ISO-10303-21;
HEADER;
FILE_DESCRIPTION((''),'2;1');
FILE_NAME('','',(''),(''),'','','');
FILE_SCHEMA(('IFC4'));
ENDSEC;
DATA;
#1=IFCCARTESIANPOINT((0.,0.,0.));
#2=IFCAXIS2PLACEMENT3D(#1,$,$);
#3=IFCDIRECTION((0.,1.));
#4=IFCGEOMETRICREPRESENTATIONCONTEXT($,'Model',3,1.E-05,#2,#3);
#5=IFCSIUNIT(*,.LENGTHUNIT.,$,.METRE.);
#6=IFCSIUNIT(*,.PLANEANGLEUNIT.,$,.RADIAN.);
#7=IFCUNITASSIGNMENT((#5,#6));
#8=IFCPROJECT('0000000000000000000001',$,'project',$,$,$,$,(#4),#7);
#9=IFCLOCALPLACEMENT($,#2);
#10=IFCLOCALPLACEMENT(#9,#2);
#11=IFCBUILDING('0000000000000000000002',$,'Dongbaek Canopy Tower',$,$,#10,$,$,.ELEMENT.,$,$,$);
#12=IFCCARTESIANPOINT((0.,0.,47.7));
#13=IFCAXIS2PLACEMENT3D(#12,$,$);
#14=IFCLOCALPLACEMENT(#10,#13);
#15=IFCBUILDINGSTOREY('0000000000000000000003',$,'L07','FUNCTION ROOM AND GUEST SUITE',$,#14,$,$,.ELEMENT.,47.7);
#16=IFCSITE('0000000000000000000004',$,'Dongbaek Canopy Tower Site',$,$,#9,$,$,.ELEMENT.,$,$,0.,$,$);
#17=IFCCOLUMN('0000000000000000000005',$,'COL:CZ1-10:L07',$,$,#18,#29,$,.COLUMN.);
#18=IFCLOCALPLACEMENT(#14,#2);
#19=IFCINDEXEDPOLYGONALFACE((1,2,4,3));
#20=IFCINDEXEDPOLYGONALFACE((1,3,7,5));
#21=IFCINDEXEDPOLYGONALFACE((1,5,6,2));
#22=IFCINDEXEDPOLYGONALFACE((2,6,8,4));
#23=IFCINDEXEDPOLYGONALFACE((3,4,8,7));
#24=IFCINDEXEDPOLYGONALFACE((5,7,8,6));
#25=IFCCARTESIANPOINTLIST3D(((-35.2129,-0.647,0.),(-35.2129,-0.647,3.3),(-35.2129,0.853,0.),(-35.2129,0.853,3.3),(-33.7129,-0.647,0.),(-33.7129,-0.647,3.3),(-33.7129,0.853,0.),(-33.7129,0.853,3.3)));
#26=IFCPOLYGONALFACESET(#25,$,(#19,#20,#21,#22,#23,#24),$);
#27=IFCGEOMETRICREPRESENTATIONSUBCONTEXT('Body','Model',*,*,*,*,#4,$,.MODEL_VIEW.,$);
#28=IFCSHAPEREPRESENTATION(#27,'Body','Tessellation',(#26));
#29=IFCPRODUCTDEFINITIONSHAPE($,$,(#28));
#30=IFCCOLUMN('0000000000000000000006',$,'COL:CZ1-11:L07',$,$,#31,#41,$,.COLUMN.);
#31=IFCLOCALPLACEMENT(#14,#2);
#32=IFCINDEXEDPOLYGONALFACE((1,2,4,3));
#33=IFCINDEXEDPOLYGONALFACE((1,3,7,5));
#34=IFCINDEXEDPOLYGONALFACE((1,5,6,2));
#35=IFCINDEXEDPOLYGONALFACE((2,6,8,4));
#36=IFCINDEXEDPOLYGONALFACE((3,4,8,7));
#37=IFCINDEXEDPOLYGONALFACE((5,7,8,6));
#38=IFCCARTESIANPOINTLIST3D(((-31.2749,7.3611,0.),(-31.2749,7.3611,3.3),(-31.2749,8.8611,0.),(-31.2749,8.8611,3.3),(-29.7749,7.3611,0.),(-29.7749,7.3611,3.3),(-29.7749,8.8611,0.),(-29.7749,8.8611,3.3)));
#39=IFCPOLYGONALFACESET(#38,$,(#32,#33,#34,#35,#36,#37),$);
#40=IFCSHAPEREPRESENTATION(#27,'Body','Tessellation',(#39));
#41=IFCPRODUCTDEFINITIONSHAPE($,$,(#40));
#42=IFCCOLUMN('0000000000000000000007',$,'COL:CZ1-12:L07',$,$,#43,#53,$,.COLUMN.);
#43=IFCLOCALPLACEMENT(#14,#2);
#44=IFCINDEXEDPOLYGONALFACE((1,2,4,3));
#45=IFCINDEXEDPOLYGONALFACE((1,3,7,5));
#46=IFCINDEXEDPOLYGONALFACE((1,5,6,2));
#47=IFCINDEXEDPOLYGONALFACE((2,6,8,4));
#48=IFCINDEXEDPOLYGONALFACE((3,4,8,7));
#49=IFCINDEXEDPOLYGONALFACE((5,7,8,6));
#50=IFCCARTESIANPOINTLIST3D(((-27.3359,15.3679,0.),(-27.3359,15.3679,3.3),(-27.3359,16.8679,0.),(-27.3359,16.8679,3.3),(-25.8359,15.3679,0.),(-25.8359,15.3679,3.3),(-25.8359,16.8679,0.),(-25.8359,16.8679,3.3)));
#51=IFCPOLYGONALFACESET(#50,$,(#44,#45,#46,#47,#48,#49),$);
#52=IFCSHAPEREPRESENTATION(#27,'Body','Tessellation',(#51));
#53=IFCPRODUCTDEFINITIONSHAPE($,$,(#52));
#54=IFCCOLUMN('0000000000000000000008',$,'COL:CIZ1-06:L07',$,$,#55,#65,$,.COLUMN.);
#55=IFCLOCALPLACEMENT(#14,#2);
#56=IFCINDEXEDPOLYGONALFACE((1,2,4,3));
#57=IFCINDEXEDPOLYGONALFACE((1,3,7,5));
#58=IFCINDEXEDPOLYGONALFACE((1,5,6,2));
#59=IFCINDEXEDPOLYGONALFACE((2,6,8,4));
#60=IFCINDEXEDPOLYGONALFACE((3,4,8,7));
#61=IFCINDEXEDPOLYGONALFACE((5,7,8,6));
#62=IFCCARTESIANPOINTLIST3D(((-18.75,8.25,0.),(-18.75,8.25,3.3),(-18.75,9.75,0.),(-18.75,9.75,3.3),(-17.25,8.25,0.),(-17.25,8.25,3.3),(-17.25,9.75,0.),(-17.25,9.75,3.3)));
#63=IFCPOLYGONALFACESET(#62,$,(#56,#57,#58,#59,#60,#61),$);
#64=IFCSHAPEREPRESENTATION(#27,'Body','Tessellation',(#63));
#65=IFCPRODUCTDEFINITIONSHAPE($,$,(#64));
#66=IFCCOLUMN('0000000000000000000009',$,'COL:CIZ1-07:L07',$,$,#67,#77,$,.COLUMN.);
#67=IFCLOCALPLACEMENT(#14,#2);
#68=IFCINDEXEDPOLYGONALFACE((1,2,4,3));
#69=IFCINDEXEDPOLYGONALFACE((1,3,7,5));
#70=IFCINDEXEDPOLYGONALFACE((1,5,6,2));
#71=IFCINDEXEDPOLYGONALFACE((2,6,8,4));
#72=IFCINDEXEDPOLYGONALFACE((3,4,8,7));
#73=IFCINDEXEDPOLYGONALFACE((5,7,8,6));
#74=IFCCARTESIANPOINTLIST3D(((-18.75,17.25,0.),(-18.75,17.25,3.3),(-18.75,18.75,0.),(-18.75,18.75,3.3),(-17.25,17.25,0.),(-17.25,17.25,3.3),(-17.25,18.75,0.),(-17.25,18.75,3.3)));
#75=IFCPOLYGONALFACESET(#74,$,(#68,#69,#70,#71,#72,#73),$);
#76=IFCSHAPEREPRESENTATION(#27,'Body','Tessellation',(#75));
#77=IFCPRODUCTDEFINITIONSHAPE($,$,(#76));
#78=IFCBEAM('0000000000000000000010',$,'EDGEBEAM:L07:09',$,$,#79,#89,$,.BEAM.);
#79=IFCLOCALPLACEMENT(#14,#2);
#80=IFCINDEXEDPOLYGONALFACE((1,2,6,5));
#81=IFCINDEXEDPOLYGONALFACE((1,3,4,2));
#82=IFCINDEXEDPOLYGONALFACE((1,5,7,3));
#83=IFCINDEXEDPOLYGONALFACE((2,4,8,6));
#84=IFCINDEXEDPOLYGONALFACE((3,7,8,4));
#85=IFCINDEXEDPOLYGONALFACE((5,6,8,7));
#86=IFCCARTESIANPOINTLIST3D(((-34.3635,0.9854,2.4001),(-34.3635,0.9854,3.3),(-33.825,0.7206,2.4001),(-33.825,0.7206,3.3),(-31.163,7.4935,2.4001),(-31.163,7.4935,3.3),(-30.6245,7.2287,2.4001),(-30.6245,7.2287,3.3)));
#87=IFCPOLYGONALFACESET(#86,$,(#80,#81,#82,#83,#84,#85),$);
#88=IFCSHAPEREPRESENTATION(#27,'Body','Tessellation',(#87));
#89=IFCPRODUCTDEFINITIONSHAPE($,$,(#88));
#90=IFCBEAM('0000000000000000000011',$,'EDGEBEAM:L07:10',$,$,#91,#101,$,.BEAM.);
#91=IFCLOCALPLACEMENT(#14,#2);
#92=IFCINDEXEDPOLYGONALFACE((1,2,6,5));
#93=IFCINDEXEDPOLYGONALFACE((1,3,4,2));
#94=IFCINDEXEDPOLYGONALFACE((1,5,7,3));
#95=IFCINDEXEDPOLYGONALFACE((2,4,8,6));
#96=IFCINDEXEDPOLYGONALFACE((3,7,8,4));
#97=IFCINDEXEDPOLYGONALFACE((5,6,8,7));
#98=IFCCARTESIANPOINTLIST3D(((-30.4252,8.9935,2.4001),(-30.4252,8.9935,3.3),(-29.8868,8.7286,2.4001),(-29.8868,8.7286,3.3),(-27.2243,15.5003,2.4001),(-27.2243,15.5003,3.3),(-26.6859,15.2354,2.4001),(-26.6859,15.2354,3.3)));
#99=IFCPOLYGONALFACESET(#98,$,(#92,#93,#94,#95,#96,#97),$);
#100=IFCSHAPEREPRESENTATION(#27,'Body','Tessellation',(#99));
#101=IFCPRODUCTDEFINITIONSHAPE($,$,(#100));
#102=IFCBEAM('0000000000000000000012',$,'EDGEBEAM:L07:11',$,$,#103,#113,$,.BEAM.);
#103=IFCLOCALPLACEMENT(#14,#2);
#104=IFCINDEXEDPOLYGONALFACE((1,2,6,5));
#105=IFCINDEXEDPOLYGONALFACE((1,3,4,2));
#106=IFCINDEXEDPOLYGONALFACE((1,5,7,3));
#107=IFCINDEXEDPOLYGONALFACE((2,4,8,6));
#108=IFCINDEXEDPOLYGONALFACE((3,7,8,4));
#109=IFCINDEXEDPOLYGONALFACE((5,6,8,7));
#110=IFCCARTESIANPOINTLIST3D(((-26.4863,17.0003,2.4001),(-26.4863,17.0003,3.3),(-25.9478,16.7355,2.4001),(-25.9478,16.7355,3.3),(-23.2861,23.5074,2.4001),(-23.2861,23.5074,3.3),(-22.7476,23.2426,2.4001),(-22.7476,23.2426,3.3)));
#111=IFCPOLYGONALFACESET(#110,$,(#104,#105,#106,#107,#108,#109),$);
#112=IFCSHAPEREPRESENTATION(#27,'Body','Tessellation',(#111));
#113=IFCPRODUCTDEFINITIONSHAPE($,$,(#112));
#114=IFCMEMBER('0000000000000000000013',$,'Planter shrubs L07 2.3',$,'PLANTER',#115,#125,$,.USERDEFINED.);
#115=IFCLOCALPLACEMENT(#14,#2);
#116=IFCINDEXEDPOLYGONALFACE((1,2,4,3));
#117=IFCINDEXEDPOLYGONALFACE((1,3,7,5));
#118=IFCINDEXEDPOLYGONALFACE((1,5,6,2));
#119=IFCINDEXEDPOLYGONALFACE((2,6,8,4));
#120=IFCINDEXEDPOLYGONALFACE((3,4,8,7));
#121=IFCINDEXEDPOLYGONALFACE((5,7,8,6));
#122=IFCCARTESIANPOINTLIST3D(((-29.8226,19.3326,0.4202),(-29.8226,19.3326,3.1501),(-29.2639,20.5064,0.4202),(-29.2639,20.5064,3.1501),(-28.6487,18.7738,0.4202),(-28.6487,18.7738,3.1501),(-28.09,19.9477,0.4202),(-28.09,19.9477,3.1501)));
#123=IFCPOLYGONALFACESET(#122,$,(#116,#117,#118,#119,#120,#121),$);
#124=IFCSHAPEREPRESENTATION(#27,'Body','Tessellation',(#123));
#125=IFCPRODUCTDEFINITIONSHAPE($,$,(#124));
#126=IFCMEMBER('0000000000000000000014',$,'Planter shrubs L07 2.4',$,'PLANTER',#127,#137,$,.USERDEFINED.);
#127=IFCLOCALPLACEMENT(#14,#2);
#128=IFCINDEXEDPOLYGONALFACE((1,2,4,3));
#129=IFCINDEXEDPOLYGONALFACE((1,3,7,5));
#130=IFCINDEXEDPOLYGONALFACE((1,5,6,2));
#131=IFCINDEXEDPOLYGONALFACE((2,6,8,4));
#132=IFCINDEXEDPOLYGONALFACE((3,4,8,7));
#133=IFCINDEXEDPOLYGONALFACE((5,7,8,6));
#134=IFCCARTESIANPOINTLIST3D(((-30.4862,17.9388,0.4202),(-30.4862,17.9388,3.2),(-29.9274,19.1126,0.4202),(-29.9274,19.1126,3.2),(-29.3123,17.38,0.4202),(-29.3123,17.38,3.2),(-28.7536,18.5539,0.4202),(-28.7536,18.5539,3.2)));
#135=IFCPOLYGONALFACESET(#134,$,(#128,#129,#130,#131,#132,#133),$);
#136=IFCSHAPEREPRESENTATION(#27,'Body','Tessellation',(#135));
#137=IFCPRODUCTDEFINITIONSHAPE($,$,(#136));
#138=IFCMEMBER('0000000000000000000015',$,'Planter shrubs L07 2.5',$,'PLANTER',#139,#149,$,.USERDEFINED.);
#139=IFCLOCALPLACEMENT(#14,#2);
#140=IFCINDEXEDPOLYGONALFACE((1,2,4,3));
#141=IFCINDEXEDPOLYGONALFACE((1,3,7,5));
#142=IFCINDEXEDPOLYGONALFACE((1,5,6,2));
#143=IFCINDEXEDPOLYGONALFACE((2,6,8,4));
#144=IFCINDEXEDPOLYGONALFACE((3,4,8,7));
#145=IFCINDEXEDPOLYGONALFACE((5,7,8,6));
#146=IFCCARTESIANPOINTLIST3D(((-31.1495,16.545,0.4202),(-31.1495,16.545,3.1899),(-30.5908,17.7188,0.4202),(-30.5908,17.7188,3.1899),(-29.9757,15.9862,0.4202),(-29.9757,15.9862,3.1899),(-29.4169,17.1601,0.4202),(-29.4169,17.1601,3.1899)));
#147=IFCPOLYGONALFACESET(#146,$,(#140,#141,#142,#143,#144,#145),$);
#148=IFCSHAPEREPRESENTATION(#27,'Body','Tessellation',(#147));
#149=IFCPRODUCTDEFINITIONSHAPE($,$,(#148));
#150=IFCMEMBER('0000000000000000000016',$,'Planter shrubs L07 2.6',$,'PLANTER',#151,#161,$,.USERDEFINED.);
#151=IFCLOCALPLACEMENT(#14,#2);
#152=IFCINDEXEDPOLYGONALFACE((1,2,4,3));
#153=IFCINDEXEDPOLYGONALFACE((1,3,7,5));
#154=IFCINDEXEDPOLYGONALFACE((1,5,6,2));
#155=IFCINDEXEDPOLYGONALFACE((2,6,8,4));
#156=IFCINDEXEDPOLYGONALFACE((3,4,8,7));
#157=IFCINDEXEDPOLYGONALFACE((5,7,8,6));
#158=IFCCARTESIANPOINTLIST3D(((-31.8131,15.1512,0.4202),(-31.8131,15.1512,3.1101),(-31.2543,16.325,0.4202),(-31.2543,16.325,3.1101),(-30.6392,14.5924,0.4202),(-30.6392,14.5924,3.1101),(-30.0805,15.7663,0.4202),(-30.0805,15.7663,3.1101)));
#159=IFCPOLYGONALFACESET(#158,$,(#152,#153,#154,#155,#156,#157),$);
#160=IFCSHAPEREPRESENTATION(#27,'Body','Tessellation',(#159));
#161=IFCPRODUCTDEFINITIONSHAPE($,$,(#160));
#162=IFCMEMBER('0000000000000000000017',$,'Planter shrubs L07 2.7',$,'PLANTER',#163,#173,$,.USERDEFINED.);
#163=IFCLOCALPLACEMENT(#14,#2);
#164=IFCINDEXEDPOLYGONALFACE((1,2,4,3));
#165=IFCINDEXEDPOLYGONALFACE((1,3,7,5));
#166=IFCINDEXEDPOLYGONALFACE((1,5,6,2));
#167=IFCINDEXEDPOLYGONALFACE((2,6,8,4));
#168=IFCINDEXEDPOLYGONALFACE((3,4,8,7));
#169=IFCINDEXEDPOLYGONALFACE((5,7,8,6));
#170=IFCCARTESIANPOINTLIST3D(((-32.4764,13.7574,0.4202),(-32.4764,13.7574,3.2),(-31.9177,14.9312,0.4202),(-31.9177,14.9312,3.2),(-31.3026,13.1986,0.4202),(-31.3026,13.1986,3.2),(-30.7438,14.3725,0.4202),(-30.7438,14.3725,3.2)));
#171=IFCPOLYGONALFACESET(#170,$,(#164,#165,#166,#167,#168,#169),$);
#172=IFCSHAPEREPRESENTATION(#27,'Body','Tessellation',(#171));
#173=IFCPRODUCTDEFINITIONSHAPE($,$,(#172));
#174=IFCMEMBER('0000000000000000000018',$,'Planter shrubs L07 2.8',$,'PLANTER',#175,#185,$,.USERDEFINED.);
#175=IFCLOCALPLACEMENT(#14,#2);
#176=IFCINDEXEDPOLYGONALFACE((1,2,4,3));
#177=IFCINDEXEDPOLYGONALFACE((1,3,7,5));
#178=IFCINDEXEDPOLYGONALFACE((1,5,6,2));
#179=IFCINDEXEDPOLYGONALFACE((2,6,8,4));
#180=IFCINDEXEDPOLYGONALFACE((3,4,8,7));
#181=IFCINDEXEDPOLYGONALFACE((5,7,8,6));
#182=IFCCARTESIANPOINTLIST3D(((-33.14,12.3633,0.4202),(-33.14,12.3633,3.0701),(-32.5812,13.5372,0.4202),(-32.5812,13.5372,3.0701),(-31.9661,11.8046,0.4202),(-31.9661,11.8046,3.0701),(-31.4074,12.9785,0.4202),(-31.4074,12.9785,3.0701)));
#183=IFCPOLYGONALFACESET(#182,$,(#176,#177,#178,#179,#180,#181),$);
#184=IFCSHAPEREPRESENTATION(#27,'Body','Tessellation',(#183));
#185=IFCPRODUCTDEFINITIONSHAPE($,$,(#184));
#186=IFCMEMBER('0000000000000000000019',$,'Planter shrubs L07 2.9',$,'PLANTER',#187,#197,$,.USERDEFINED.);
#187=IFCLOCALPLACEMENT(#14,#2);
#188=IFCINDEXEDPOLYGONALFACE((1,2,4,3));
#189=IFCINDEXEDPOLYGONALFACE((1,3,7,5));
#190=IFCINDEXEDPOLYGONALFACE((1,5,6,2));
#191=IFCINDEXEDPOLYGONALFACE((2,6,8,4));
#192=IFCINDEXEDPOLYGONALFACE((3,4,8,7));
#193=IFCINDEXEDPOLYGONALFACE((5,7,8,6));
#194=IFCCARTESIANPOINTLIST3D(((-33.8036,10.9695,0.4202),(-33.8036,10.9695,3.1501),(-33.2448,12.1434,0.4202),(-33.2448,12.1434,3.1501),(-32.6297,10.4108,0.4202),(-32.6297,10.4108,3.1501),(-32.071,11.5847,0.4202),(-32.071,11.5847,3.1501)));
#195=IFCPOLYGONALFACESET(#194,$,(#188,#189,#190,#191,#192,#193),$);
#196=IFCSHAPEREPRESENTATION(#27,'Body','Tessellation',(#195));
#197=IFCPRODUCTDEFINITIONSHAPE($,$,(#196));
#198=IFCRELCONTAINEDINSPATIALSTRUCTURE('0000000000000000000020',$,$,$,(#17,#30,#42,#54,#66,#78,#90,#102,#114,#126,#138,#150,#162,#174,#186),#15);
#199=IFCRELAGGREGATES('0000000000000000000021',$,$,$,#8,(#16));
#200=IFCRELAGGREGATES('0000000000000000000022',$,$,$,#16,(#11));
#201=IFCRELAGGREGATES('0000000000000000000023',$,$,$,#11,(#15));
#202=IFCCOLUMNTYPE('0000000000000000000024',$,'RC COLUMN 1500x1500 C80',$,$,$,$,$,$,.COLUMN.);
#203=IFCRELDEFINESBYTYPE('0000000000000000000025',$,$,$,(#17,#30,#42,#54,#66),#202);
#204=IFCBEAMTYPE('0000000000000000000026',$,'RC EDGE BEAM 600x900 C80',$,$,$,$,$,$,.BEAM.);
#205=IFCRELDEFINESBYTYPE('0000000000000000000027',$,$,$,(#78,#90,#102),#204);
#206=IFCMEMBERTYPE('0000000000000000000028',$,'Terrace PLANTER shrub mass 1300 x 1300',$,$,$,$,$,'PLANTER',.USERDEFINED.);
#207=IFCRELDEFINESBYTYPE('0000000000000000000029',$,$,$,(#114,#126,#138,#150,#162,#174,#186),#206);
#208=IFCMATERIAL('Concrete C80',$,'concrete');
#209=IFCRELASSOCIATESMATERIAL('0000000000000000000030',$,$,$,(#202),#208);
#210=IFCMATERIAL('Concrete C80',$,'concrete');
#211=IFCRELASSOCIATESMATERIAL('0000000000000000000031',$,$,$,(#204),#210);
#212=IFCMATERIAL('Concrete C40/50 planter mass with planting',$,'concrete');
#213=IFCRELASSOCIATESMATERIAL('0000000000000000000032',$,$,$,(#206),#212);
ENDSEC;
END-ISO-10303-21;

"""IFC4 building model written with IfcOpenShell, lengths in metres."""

from ifc_helpers import new_model, si_unit, direction, frame, origin, origin_2d, place, context, subcontext, project, spatial, rectangle, extrude, material, material_profile, profile_set, type_object, element, save


model = new_model("IFC4")

# Units and contexts
model_context = context("Model", 3, precision=1e-05, world=origin(), true_north=direction((0.0, 1.0)))
body_context = subcontext(model_context, "Body", "Model", "MODEL_VIEW")
ifc_project = project(units=[si_unit("LENGTHUNIT", "METRE"), si_unit("PLANEANGLEUNIT", "RADIAN")], contexts=[model_context])

# Site, building, storey
site_placement = place(None, origin())
site = spatial("IfcSite", under=ifc_project, at=site_placement, Name="Dongbaek Canopy Tower Site", CompositionType="ELEMENT", RefElevation=0.0)
building_placement = place(site_placement, origin())
building = spatial("IfcBuilding", under=site, at=building_placement, Name="Dongbaek Canopy Tower", CompositionType="ELEMENT")
storey_placement = place(building_placement, frame((0.0, 0.0, 47.7)))
storey = spatial("IfcBuildingStorey", under=building, at=storey_placement, Name="L07", Description="FUNCTION ROOM AND GUEST SUITE", CompositionType="ELEMENT", Elevation=47.7)

# Columns
ifc_material_1 = material(Name="Concrete C80", Category="concrete")
ifc_material_profile_1 = material_profile(ifc_material_1, rectangle(XDim=1.5, YDim=1.5, at=origin_2d()), Name="RC COLUMN 1500x1500 C80")
ifc_profile_set_1 = profile_set([ifc_material_profile_1], Name="Concrete C80")
column_type = type_object("IfcColumnType", Name="RC COLUMN 1500x1500 C80", PredefinedType="COLUMN", material=ifc_profile_set_1)
for number, where, z_axis, x_axis, name in (
    (1, (-34.4629, 0.103, 0.0), (0.0, 0.0, 1.0), (1.0, 0.0, 0.0), "COL:CZ1-10:L07"),
    (2, (-30.5249, 8.1111, 0.0), (0.0, 0.0, 1.0), (1.0, 0.0, 0.0), "COL:CZ1-11:L07"),
    (3, (-26.5859, 16.1179, 0.0), (0.0, 0.0, 1.0), (1.0, 0.0, 0.0), "COL:CZ1-12:L07"),
    (4, (-18.0, 9.0, 0.0), (0.0, 0.0, 1.0), (1.0, 0.0, 0.0), "COL:CIZ1-06:L07"),
    (5, (-18.0, 18.0, 0.0), (0.0, 0.0, 1.0), (1.0, 0.0, 0.0), "COL:CIZ1-07:L07"),
):
    element("IfcColumn", number, at=place(storey_placement, frame(where, z_axis=z_axis, x_axis=x_axis)), inside=storey, type_object=column_type, Name=name, PredefinedType="COLUMN", context=body_context, shape_type="SweptSolid", body=[
        extrude(rectangle(XDim=1.5, YDim=1.5, at=origin_2d()), origin(), (0.0, 0.0, 1.0), 3.3),
    ])

# Beams
ifc_material_2 = material(Name="Concrete C80", Category="concrete")
ifc_material_profile_2 = material_profile(ifc_material_2, rectangle(XDim=0.6001, YDim=0.8999, at=origin_2d()), Name="RC EDGE BEAM 600x900 C80")
ifc_profile_set_2 = profile_set([ifc_material_profile_2], Name="Concrete C80")
beam_type = type_object("IfcBeamType", Name="RC EDGE BEAM 600x900 C80", PredefinedType="BEAM", material=ifc_profile_set_2)
beam_placement = place(storey_placement, frame((-34.0942, 0.853, 2.8501), z_axis=(0.441293, 0.897363, 0.0), x_axis=(-0.897363, 0.441293, 0.0)))
element("IfcBeam", 6, at=beam_placement, inside=storey, type_object=beam_type, Name="EDGEBEAM:L07:09", PredefinedType="BEAM", context=body_context, shape_type="SweptSolid", body=[
    extrude(rectangle(XDim=0.6001, YDim=0.8999, at=origin_2d()), origin(), (0.0, 0.0, 1.0), 7.2524),
])
for number, where, z_axis, x_axis, name in (
    (7, (-30.156, 8.8611, 2.8501), (0.441413, 0.897304, 0.0), (-0.897304, 0.441413, 0.0), "EDGEBEAM:L07:10"),
    (8, (-26.217, 16.8679, 2.8501), (0.441319, 0.89735, 0.0), (-0.89735, 0.441319, 0.0), "EDGEBEAM:L07:11"),
):
    element("IfcBeam", number, at=place(storey_placement, frame(where, z_axis=z_axis, x_axis=x_axis)), inside=storey, type_object=beam_type, Name=name, PredefinedType="BEAM", context=body_context, shape_type="SweptSolid", body=[
        extrude(rectangle(XDim=0.6001, YDim=0.8999, at=origin_2d()), origin(), (0.0, 0.0, 1.0), 7.2515),
    ])

# Members
ifc_material_3 = material(Name="Concrete C40/50 planter mass with planting", Category="concrete")
ifc_material_profile_3 = material_profile(ifc_material_3, rectangle(XDim=1.3, YDim=1.3, at=origin_2d()), Name="Terrace PLANTER shrub mass 1300 x 1300")
ifc_profile_set_3 = profile_set([ifc_material_profile_3], Name="Concrete C40/50 planter mass with planting")
member_type = type_object("IfcMemberType", Name="Terrace PLANTER shrub mass 1300 x 1300", ElementType="PLANTER", PredefinedType="USERDEFINED", material=ifc_profile_set_3)
member_1_placement = place(storey_placement, frame((-28.9563, 19.6401, 0.4202), z_axis=(0.0, 0.0, 1.0), x_axis=(-0.902929, 0.42979, 0.0)))
element("IfcMember", 9, at=member_1_placement, inside=storey, type_object=member_type, Name="Planter shrubs L07 2.3", ObjectType="PLANTER", PredefinedType="USERDEFINED", context=body_context, shape_type="SweptSolid", body=[
    extrude(rectangle(XDim=1.3, YDim=1.3, at=origin_2d()), origin(), (0.0, 0.0, 1.0), 2.73),
])
member_2_placement = place(storey_placement, frame((-29.6199, 18.2463, 0.4202), z_axis=(0.0, 0.0, 1.0), x_axis=(-0.902929, 0.42979, 0.0)))
element("IfcMember", 10, at=member_2_placement, inside=storey, type_object=member_type, Name="Planter shrubs L07 2.4", ObjectType="PLANTER", PredefinedType="USERDEFINED", context=body_context, shape_type="SweptSolid", body=[
    extrude(rectangle(XDim=1.3, YDim=1.3, at=origin_2d()), origin(), (0.0, 0.0, 1.0), 2.7798),
])
member_3_placement = place(storey_placement, frame((-30.2832, 16.8525, 0.4202), z_axis=(0.0, 0.0, 1.0), x_axis=(-0.902929, 0.42979, 0.0)))
element("IfcMember", 11, at=member_3_placement, inside=storey, type_object=member_type, Name="Planter shrubs L07 2.5", ObjectType="PLANTER", PredefinedType="USERDEFINED", context=body_context, shape_type="SweptSolid", body=[
    extrude(rectangle(XDim=1.3, YDim=1.3, at=origin_2d()), origin(), (0.0, 0.0, 1.0), 2.7698),
])
member_4_placement = place(storey_placement, frame((-30.9468, 15.4587, 0.4202), z_axis=(0.0, 0.0, 1.0), x_axis=(-0.902929, 0.42979, 0.0)))
element("IfcMember", 12, at=member_4_placement, inside=storey, type_object=member_type, Name="Planter shrubs L07 2.6", ObjectType="PLANTER", PredefinedType="USERDEFINED", context=body_context, shape_type="SweptSolid", body=[
    extrude(rectangle(XDim=1.3, YDim=1.3, at=origin_2d()), origin(), (0.0, 0.0, 1.0), 2.6899),
])
member_5_placement = place(storey_placement, frame((-31.6101, 14.0649, 0.4202), z_axis=(0.0, 0.0, 1.0), x_axis=(-0.902929, 0.42979, 0.0)))
element("IfcMember", 13, at=member_5_placement, inside=storey, type_object=member_type, Name="Planter shrubs L07 2.7", ObjectType="PLANTER", PredefinedType="USERDEFINED", context=body_context, shape_type="SweptSolid", body=[
    extrude(rectangle(XDim=1.3, YDim=1.3, at=origin_2d()), origin(), (0.0, 0.0, 1.0), 2.7798),
])
member_6_placement = place(storey_placement, frame((-32.2737, 12.6709, 0.4202), z_axis=(0.0, 0.0, 1.0), x_axis=(-0.902929, 0.42979, 0.0)))
element("IfcMember", 14, at=member_6_placement, inside=storey, type_object=member_type, Name="Planter shrubs L07 2.8", ObjectType="PLANTER", PredefinedType="USERDEFINED", context=body_context, shape_type="SweptSolid", body=[
    extrude(rectangle(XDim=1.3, YDim=1.3, at=origin_2d()), origin(), (0.0, 0.0, 1.0), 2.6499),
])
member_7_placement = place(storey_placement, frame((-32.9373, 11.2771, 0.4202), z_axis=(0.0, 0.0, 1.0), x_axis=(-0.902929, 0.42979, 0.0)))
element("IfcMember", 15, at=member_7_placement, inside=storey, type_object=member_type, Name="Planter shrubs L07 2.9", ObjectType="PLANTER", PredefinedType="USERDEFINED", context=body_context, shape_type="SweptSolid", body=[
    extrude(rectangle(XDim=1.3, YDim=1.3, at=origin_2d()), origin(), (0.0, 0.0, 1.0), 2.73),
])

save(model, "model.ifc")
